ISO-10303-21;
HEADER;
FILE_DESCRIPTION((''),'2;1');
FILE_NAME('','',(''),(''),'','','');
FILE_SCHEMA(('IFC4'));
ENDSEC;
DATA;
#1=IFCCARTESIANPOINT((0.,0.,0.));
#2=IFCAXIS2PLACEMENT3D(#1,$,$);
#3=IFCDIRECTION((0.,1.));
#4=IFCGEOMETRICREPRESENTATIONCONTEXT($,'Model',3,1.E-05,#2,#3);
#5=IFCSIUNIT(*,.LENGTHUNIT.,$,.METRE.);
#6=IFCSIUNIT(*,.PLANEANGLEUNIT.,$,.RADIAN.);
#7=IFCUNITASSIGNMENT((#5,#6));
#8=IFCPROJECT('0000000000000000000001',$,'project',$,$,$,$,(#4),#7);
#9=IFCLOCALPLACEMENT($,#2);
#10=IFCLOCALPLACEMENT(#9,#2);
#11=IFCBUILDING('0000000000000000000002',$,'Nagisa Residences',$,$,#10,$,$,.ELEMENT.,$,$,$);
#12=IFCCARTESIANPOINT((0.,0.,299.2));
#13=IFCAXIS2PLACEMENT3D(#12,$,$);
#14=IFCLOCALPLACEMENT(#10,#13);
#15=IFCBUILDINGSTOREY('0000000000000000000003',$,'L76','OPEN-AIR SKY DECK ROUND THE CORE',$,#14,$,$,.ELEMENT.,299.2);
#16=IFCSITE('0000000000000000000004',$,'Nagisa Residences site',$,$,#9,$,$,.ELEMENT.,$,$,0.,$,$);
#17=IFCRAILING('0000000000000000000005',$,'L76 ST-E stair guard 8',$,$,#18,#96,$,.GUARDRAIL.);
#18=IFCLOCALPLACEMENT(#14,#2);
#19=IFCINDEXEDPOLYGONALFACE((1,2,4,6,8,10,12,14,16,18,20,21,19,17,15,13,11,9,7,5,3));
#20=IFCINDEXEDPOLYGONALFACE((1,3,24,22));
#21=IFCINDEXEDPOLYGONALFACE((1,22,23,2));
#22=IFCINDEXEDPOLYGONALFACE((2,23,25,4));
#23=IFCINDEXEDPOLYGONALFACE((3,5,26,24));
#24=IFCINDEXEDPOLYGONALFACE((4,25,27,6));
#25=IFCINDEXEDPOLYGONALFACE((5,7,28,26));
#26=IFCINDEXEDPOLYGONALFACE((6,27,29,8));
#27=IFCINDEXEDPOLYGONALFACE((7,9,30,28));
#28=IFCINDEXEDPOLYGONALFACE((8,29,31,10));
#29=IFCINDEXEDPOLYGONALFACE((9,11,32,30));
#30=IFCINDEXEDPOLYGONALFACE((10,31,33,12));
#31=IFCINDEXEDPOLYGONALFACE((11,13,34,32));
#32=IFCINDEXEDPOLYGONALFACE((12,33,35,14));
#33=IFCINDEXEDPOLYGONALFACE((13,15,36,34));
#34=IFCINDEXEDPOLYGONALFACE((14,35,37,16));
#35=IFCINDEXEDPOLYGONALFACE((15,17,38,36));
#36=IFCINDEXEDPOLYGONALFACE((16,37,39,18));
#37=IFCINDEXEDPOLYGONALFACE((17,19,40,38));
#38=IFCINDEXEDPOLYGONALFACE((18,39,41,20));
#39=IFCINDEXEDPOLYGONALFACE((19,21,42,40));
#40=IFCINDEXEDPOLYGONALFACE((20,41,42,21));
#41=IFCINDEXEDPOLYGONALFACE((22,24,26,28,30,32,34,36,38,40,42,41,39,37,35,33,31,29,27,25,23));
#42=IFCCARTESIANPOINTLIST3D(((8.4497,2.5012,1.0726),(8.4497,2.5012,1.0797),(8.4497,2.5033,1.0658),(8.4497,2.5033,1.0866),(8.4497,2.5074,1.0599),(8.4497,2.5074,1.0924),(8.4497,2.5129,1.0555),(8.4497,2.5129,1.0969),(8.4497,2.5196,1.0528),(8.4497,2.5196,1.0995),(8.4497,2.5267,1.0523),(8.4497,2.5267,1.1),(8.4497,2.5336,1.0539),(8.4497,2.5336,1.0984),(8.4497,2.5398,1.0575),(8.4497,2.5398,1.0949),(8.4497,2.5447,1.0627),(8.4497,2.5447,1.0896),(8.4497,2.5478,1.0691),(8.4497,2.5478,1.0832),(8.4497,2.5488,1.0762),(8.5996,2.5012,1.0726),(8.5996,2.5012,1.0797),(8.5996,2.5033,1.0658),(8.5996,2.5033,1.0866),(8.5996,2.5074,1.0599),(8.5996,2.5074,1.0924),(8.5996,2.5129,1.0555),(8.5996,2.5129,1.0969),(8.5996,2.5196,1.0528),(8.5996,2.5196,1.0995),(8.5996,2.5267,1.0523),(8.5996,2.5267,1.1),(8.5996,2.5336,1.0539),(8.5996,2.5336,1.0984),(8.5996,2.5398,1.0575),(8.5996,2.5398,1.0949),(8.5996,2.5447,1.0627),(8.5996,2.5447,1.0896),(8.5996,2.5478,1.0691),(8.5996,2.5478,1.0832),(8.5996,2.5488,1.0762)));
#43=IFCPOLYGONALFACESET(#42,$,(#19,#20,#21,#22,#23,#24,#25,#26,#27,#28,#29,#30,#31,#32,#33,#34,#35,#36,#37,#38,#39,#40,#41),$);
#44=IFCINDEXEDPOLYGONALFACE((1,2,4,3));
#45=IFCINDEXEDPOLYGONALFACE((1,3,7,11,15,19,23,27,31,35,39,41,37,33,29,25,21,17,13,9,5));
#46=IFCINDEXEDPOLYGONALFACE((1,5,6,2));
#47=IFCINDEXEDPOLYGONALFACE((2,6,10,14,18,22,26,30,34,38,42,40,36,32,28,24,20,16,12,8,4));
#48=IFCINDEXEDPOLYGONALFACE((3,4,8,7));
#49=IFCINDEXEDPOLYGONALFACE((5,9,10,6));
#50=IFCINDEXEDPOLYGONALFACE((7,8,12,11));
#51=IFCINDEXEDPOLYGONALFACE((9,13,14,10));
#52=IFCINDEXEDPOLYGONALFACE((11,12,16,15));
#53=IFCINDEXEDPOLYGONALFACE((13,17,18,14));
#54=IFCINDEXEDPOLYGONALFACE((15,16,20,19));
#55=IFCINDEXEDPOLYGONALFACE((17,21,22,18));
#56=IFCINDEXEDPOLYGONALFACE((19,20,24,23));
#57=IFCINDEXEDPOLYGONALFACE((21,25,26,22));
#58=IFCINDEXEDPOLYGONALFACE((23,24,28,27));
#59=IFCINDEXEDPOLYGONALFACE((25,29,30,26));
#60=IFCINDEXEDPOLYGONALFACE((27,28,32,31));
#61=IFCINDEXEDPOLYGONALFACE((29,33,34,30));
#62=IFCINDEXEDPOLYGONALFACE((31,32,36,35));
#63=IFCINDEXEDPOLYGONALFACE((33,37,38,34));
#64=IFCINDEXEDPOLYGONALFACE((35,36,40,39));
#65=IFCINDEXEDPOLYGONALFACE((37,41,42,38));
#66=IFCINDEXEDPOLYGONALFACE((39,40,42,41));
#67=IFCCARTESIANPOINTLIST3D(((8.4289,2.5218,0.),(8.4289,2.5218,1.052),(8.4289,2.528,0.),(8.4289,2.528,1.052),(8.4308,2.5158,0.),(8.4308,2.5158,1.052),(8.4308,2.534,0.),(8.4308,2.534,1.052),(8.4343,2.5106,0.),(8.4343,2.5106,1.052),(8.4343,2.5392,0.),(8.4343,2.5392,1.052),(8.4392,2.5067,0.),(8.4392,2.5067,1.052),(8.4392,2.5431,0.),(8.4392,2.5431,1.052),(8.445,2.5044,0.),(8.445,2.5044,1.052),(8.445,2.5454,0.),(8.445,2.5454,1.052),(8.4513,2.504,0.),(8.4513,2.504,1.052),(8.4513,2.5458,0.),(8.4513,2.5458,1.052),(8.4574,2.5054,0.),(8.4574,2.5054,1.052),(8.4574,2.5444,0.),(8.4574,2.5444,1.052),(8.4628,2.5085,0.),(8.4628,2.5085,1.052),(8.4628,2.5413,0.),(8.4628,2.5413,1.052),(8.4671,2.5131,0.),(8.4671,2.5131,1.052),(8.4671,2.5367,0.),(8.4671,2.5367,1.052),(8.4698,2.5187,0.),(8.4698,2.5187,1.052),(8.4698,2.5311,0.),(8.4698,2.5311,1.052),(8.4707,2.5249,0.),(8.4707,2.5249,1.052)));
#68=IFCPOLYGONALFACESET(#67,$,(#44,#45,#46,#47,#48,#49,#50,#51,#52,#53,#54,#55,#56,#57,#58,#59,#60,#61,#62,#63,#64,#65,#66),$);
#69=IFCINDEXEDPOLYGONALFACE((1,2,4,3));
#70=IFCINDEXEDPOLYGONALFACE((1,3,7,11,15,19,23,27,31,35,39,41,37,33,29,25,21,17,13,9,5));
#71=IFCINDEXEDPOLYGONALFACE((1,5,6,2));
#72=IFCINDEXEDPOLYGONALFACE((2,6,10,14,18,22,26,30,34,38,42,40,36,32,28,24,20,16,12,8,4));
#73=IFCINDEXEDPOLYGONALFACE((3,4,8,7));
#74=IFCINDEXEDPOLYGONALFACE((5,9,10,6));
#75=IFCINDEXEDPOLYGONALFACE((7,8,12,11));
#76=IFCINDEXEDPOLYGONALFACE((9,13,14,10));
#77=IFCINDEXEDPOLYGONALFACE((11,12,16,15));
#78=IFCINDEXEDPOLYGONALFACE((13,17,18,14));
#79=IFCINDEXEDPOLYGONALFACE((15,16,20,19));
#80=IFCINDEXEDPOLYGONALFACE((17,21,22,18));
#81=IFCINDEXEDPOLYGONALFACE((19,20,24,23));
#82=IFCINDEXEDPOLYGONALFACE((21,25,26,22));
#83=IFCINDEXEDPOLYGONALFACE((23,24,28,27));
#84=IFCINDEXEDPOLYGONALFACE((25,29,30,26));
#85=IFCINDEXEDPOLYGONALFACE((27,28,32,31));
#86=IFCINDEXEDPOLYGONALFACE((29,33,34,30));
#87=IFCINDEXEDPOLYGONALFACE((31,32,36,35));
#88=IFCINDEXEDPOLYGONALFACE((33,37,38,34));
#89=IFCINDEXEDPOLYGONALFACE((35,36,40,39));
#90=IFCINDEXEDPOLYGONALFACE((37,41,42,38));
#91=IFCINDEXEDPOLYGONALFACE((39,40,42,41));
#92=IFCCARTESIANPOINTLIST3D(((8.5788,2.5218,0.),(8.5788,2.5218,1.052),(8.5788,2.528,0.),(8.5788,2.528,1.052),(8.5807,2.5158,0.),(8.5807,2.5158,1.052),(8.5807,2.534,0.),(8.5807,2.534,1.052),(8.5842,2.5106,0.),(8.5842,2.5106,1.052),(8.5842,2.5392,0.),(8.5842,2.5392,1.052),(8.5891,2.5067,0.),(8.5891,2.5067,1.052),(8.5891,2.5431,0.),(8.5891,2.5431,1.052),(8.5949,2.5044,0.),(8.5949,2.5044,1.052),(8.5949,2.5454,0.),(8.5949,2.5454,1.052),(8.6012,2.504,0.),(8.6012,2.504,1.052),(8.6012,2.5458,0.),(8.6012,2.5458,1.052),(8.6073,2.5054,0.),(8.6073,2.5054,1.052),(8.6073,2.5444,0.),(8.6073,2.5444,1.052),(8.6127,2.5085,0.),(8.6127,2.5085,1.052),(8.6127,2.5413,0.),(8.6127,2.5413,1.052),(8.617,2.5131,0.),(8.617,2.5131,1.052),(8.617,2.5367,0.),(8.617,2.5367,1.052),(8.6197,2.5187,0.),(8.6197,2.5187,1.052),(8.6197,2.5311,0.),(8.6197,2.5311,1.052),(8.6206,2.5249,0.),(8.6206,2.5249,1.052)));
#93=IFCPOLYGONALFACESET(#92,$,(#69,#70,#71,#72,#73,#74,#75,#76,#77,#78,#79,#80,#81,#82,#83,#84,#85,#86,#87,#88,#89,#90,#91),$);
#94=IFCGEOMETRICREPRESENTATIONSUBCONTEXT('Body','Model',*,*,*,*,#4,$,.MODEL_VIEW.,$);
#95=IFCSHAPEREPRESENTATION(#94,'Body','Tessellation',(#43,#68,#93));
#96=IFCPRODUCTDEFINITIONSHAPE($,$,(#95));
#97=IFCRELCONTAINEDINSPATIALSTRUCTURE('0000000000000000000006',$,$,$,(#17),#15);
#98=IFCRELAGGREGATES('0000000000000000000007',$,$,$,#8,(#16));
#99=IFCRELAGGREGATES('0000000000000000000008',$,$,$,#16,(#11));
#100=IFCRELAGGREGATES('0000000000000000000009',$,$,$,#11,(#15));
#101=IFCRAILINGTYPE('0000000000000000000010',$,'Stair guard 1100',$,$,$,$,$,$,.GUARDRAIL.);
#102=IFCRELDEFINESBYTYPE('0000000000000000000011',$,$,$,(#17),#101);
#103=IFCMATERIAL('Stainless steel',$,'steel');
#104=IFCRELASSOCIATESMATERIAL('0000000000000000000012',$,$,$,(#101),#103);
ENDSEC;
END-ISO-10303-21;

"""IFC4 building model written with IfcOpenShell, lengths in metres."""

from ifc_helpers import new_model, si_unit, direction, frame, origin, origin_2d, place, context, subcontext, project, spatial, circle, extrude, material, type_object, element, save


model = new_model("IFC4")

# Units and contexts
model_context = context("Model", 3, precision=1e-05, world=origin(), true_north=direction((0.0, 1.0)))
body_context = subcontext(model_context, "Body", "Model", "MODEL_VIEW")
ifc_project = project(units=[si_unit("LENGTHUNIT", "METRE"), si_unit("PLANEANGLEUNIT", "RADIAN")], contexts=[model_context])

# Site, building, storey
site_placement = place(None, origin())
site = spatial("IfcSite", under=ifc_project, at=site_placement, Name="Nagisa Residences site", CompositionType="ELEMENT", RefElevation=0.0)
building_placement = place(site_placement, origin())
building = spatial("IfcBuilding", under=site, at=building_placement, Name="Nagisa Residences", CompositionType="ELEMENT")
storey_placement = place(building_placement, frame((0.0, 0.0, 299.2)))
storey = spatial("IfcBuildingStorey", under=building, at=storey_placement, Name="L76", Description="OPEN-AIR SKY DECK ROUND THE CORE", CompositionType="ELEMENT", Elevation=299.2)

# Railing
ifc_material_1 = material(Name="Stainless steel", Category="steel")
railing_type_1 = type_object("IfcRailingType", Name="Stair guard 1100", PredefinedType="GUARDRAIL", material=ifc_material_1)
railing_1_placement = place(storey_placement, frame((8.4497, 2.5249, 0.0)))
element("IfcRailing", 1, at=railing_1_placement, inside=storey, type_object=railing_type_1, Name="L76 ST-E stair guard 8", PredefinedType="GUARDRAIL", context=body_context, shape_type="SweptSolid", body=[
    extrude(circle(Radius=0.0239, at=origin_2d()), frame((0.0, 0.0, 1.0762), z_axis=(1.0, 0.0, 0.0), x_axis=(0.0, 1.0, 0.0)), (0.0, 0.0, 1.0), 0.1499),
    extrude(circle(Radius=0.021, at=origin_2d()), origin(), (0.0, 0.0, 1.0), 1.052),
    extrude(circle(Radius=0.021, at=origin_2d()), frame((0.1499, 0.0, 0.0)), (0.0, 0.0, 1.0), 1.052),
])

save(model, "model.ifc")
